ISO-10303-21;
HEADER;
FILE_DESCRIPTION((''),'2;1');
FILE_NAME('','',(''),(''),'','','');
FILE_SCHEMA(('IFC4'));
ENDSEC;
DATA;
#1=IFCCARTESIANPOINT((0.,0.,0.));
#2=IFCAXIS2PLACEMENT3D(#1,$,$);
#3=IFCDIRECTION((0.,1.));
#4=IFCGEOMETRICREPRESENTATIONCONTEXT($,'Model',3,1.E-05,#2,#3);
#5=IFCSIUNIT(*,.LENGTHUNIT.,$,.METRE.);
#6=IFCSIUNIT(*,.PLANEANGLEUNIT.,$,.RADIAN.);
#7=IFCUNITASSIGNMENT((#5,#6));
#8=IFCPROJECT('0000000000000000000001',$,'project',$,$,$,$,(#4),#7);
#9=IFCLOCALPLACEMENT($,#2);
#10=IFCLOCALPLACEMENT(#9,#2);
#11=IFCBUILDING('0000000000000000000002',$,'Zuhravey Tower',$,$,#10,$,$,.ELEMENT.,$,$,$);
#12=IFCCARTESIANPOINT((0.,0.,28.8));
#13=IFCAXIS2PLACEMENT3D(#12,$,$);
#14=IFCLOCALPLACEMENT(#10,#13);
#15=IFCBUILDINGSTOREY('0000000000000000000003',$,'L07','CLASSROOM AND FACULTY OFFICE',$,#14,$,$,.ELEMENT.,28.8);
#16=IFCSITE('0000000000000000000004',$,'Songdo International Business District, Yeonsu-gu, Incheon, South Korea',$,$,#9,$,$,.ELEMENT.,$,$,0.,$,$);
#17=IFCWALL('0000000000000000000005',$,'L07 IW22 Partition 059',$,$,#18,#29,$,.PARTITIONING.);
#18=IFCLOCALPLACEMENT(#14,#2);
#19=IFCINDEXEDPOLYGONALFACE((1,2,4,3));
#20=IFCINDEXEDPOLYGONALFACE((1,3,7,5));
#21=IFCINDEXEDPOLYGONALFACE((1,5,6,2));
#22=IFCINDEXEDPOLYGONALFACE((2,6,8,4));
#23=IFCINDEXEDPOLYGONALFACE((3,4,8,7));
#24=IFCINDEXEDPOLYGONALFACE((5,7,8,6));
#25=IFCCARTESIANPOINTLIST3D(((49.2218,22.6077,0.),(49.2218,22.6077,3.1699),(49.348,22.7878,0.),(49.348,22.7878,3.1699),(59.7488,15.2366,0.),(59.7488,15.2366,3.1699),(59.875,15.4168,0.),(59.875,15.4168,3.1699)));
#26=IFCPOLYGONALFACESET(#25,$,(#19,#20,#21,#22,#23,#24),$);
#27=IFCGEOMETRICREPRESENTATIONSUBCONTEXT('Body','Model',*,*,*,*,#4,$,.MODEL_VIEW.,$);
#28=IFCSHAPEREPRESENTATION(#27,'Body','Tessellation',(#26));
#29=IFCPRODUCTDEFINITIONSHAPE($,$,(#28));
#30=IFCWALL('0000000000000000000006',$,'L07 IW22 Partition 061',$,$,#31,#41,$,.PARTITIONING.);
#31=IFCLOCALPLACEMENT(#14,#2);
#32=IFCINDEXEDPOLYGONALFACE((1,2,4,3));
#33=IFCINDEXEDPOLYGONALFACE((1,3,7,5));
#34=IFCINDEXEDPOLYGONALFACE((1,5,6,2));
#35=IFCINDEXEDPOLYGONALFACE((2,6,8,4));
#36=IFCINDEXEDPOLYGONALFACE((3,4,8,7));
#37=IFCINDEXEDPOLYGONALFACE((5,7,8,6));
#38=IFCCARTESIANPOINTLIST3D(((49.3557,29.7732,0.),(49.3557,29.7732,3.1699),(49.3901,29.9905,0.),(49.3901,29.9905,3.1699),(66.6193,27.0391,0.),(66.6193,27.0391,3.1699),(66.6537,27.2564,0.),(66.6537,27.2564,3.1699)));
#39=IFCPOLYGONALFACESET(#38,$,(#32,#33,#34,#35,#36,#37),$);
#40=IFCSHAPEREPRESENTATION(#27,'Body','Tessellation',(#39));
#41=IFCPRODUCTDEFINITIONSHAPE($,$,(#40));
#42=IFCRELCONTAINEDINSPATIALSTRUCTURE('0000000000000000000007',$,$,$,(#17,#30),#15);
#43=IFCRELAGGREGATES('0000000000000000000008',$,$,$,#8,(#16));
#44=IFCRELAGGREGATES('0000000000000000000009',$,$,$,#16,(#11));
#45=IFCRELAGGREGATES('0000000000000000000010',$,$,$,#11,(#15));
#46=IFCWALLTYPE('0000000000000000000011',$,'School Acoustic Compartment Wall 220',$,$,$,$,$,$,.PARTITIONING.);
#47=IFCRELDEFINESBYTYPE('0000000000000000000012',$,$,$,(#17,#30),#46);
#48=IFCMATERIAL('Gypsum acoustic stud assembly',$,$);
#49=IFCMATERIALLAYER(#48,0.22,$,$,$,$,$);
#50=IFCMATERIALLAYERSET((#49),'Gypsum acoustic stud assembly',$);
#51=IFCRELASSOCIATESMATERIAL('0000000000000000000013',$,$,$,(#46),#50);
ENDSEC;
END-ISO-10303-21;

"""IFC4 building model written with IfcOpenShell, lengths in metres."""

from ifc_helpers import new_model, si_unit, direction, frame, frame_2d, origin, place, context, subcontext, project, spatial, rectangle, extrude, material, layer, layer_set, type_object, element, save


model = new_model("IFC4")

# Units and contexts
model_context = context("Model", 3, precision=1e-05, world=origin(), true_north=direction((0.0, 1.0)))
body_context = subcontext(model_context, "Body", "Model", "MODEL_VIEW")
ifc_project = project(units=[si_unit("LENGTHUNIT", "METRE"), si_unit("PLANEANGLEUNIT", "RADIAN")], contexts=[model_context])

# Site, building, storey
site_placement = place(None, origin())
site = spatial("IfcSite", under=ifc_project, at=site_placement, Name="Songdo International Business District, Yeonsu-gu, Incheon, South Korea", CompositionType="ELEMENT", RefElevation=0.0)
building_placement = place(site_placement, origin())
building = spatial("IfcBuilding", under=site, at=building_placement, Name="Zuhravey Tower", CompositionType="ELEMENT")
storey_placement = place(building_placement, frame((0.0, 0.0, 28.8)))
storey = spatial("IfcBuildingStorey", under=building, at=storey_placement, Name="L07", Description="CLASSROOM AND FACULTY OFFICE", CompositionType="ELEMENT", Elevation=28.8)

# Walls
ifc_material_1 = material(Name="Gypsum acoustic stud assembly")
ifc_layer_1 = layer(ifc_material_1, 0.22)
ifc_layer_set_1 = layer_set([ifc_layer_1], Name="Gypsum acoustic stud assembly")
wall_type_1 = type_object("IfcWallType", Name="School Acoustic Compartment Wall 220", PredefinedType="PARTITIONING", material=ifc_layer_set_1)
wall_1_placement = place(storey_placement, frame((49.2849, 22.6978, 0.0), z_axis=(0.0, 0.0, 1.0), x_axis=(0.819154, -0.573573, 0.0)))
element("IfcWall", 1, at=wall_1_placement, inside=storey, type_object=wall_type_1, Name="L07 IW22 Partition 059", PredefinedType="PARTITIONING", context=body_context, shape_type="SweptSolid", body=[
    extrude(rectangle(XDim=12.8511, YDim=0.22, at=frame_2d((6.4255, 0.0))), origin(), (0.0, 0.0, 1.0), 3.1699),
])
wall_2_placement = place(storey_placement, frame((49.373, 29.8818, 0.0), z_axis=(0.0, 0.0, 1.0), x_axis=(0.98769, -0.156425, 0.0)))
element("IfcWall", 2, at=wall_2_placement, inside=storey, type_object=wall_type_1, Name="L07 IW22 Partition 061", PredefinedType="PARTITIONING", context=body_context, shape_type="SweptSolid", body=[
    extrude(rectangle(XDim=17.4788, YDim=0.22, at=frame_2d((8.7393, 0.0))), origin(), (0.0, 0.0, 1.0), 3.1699),
])

save(model, "model.ifc")
